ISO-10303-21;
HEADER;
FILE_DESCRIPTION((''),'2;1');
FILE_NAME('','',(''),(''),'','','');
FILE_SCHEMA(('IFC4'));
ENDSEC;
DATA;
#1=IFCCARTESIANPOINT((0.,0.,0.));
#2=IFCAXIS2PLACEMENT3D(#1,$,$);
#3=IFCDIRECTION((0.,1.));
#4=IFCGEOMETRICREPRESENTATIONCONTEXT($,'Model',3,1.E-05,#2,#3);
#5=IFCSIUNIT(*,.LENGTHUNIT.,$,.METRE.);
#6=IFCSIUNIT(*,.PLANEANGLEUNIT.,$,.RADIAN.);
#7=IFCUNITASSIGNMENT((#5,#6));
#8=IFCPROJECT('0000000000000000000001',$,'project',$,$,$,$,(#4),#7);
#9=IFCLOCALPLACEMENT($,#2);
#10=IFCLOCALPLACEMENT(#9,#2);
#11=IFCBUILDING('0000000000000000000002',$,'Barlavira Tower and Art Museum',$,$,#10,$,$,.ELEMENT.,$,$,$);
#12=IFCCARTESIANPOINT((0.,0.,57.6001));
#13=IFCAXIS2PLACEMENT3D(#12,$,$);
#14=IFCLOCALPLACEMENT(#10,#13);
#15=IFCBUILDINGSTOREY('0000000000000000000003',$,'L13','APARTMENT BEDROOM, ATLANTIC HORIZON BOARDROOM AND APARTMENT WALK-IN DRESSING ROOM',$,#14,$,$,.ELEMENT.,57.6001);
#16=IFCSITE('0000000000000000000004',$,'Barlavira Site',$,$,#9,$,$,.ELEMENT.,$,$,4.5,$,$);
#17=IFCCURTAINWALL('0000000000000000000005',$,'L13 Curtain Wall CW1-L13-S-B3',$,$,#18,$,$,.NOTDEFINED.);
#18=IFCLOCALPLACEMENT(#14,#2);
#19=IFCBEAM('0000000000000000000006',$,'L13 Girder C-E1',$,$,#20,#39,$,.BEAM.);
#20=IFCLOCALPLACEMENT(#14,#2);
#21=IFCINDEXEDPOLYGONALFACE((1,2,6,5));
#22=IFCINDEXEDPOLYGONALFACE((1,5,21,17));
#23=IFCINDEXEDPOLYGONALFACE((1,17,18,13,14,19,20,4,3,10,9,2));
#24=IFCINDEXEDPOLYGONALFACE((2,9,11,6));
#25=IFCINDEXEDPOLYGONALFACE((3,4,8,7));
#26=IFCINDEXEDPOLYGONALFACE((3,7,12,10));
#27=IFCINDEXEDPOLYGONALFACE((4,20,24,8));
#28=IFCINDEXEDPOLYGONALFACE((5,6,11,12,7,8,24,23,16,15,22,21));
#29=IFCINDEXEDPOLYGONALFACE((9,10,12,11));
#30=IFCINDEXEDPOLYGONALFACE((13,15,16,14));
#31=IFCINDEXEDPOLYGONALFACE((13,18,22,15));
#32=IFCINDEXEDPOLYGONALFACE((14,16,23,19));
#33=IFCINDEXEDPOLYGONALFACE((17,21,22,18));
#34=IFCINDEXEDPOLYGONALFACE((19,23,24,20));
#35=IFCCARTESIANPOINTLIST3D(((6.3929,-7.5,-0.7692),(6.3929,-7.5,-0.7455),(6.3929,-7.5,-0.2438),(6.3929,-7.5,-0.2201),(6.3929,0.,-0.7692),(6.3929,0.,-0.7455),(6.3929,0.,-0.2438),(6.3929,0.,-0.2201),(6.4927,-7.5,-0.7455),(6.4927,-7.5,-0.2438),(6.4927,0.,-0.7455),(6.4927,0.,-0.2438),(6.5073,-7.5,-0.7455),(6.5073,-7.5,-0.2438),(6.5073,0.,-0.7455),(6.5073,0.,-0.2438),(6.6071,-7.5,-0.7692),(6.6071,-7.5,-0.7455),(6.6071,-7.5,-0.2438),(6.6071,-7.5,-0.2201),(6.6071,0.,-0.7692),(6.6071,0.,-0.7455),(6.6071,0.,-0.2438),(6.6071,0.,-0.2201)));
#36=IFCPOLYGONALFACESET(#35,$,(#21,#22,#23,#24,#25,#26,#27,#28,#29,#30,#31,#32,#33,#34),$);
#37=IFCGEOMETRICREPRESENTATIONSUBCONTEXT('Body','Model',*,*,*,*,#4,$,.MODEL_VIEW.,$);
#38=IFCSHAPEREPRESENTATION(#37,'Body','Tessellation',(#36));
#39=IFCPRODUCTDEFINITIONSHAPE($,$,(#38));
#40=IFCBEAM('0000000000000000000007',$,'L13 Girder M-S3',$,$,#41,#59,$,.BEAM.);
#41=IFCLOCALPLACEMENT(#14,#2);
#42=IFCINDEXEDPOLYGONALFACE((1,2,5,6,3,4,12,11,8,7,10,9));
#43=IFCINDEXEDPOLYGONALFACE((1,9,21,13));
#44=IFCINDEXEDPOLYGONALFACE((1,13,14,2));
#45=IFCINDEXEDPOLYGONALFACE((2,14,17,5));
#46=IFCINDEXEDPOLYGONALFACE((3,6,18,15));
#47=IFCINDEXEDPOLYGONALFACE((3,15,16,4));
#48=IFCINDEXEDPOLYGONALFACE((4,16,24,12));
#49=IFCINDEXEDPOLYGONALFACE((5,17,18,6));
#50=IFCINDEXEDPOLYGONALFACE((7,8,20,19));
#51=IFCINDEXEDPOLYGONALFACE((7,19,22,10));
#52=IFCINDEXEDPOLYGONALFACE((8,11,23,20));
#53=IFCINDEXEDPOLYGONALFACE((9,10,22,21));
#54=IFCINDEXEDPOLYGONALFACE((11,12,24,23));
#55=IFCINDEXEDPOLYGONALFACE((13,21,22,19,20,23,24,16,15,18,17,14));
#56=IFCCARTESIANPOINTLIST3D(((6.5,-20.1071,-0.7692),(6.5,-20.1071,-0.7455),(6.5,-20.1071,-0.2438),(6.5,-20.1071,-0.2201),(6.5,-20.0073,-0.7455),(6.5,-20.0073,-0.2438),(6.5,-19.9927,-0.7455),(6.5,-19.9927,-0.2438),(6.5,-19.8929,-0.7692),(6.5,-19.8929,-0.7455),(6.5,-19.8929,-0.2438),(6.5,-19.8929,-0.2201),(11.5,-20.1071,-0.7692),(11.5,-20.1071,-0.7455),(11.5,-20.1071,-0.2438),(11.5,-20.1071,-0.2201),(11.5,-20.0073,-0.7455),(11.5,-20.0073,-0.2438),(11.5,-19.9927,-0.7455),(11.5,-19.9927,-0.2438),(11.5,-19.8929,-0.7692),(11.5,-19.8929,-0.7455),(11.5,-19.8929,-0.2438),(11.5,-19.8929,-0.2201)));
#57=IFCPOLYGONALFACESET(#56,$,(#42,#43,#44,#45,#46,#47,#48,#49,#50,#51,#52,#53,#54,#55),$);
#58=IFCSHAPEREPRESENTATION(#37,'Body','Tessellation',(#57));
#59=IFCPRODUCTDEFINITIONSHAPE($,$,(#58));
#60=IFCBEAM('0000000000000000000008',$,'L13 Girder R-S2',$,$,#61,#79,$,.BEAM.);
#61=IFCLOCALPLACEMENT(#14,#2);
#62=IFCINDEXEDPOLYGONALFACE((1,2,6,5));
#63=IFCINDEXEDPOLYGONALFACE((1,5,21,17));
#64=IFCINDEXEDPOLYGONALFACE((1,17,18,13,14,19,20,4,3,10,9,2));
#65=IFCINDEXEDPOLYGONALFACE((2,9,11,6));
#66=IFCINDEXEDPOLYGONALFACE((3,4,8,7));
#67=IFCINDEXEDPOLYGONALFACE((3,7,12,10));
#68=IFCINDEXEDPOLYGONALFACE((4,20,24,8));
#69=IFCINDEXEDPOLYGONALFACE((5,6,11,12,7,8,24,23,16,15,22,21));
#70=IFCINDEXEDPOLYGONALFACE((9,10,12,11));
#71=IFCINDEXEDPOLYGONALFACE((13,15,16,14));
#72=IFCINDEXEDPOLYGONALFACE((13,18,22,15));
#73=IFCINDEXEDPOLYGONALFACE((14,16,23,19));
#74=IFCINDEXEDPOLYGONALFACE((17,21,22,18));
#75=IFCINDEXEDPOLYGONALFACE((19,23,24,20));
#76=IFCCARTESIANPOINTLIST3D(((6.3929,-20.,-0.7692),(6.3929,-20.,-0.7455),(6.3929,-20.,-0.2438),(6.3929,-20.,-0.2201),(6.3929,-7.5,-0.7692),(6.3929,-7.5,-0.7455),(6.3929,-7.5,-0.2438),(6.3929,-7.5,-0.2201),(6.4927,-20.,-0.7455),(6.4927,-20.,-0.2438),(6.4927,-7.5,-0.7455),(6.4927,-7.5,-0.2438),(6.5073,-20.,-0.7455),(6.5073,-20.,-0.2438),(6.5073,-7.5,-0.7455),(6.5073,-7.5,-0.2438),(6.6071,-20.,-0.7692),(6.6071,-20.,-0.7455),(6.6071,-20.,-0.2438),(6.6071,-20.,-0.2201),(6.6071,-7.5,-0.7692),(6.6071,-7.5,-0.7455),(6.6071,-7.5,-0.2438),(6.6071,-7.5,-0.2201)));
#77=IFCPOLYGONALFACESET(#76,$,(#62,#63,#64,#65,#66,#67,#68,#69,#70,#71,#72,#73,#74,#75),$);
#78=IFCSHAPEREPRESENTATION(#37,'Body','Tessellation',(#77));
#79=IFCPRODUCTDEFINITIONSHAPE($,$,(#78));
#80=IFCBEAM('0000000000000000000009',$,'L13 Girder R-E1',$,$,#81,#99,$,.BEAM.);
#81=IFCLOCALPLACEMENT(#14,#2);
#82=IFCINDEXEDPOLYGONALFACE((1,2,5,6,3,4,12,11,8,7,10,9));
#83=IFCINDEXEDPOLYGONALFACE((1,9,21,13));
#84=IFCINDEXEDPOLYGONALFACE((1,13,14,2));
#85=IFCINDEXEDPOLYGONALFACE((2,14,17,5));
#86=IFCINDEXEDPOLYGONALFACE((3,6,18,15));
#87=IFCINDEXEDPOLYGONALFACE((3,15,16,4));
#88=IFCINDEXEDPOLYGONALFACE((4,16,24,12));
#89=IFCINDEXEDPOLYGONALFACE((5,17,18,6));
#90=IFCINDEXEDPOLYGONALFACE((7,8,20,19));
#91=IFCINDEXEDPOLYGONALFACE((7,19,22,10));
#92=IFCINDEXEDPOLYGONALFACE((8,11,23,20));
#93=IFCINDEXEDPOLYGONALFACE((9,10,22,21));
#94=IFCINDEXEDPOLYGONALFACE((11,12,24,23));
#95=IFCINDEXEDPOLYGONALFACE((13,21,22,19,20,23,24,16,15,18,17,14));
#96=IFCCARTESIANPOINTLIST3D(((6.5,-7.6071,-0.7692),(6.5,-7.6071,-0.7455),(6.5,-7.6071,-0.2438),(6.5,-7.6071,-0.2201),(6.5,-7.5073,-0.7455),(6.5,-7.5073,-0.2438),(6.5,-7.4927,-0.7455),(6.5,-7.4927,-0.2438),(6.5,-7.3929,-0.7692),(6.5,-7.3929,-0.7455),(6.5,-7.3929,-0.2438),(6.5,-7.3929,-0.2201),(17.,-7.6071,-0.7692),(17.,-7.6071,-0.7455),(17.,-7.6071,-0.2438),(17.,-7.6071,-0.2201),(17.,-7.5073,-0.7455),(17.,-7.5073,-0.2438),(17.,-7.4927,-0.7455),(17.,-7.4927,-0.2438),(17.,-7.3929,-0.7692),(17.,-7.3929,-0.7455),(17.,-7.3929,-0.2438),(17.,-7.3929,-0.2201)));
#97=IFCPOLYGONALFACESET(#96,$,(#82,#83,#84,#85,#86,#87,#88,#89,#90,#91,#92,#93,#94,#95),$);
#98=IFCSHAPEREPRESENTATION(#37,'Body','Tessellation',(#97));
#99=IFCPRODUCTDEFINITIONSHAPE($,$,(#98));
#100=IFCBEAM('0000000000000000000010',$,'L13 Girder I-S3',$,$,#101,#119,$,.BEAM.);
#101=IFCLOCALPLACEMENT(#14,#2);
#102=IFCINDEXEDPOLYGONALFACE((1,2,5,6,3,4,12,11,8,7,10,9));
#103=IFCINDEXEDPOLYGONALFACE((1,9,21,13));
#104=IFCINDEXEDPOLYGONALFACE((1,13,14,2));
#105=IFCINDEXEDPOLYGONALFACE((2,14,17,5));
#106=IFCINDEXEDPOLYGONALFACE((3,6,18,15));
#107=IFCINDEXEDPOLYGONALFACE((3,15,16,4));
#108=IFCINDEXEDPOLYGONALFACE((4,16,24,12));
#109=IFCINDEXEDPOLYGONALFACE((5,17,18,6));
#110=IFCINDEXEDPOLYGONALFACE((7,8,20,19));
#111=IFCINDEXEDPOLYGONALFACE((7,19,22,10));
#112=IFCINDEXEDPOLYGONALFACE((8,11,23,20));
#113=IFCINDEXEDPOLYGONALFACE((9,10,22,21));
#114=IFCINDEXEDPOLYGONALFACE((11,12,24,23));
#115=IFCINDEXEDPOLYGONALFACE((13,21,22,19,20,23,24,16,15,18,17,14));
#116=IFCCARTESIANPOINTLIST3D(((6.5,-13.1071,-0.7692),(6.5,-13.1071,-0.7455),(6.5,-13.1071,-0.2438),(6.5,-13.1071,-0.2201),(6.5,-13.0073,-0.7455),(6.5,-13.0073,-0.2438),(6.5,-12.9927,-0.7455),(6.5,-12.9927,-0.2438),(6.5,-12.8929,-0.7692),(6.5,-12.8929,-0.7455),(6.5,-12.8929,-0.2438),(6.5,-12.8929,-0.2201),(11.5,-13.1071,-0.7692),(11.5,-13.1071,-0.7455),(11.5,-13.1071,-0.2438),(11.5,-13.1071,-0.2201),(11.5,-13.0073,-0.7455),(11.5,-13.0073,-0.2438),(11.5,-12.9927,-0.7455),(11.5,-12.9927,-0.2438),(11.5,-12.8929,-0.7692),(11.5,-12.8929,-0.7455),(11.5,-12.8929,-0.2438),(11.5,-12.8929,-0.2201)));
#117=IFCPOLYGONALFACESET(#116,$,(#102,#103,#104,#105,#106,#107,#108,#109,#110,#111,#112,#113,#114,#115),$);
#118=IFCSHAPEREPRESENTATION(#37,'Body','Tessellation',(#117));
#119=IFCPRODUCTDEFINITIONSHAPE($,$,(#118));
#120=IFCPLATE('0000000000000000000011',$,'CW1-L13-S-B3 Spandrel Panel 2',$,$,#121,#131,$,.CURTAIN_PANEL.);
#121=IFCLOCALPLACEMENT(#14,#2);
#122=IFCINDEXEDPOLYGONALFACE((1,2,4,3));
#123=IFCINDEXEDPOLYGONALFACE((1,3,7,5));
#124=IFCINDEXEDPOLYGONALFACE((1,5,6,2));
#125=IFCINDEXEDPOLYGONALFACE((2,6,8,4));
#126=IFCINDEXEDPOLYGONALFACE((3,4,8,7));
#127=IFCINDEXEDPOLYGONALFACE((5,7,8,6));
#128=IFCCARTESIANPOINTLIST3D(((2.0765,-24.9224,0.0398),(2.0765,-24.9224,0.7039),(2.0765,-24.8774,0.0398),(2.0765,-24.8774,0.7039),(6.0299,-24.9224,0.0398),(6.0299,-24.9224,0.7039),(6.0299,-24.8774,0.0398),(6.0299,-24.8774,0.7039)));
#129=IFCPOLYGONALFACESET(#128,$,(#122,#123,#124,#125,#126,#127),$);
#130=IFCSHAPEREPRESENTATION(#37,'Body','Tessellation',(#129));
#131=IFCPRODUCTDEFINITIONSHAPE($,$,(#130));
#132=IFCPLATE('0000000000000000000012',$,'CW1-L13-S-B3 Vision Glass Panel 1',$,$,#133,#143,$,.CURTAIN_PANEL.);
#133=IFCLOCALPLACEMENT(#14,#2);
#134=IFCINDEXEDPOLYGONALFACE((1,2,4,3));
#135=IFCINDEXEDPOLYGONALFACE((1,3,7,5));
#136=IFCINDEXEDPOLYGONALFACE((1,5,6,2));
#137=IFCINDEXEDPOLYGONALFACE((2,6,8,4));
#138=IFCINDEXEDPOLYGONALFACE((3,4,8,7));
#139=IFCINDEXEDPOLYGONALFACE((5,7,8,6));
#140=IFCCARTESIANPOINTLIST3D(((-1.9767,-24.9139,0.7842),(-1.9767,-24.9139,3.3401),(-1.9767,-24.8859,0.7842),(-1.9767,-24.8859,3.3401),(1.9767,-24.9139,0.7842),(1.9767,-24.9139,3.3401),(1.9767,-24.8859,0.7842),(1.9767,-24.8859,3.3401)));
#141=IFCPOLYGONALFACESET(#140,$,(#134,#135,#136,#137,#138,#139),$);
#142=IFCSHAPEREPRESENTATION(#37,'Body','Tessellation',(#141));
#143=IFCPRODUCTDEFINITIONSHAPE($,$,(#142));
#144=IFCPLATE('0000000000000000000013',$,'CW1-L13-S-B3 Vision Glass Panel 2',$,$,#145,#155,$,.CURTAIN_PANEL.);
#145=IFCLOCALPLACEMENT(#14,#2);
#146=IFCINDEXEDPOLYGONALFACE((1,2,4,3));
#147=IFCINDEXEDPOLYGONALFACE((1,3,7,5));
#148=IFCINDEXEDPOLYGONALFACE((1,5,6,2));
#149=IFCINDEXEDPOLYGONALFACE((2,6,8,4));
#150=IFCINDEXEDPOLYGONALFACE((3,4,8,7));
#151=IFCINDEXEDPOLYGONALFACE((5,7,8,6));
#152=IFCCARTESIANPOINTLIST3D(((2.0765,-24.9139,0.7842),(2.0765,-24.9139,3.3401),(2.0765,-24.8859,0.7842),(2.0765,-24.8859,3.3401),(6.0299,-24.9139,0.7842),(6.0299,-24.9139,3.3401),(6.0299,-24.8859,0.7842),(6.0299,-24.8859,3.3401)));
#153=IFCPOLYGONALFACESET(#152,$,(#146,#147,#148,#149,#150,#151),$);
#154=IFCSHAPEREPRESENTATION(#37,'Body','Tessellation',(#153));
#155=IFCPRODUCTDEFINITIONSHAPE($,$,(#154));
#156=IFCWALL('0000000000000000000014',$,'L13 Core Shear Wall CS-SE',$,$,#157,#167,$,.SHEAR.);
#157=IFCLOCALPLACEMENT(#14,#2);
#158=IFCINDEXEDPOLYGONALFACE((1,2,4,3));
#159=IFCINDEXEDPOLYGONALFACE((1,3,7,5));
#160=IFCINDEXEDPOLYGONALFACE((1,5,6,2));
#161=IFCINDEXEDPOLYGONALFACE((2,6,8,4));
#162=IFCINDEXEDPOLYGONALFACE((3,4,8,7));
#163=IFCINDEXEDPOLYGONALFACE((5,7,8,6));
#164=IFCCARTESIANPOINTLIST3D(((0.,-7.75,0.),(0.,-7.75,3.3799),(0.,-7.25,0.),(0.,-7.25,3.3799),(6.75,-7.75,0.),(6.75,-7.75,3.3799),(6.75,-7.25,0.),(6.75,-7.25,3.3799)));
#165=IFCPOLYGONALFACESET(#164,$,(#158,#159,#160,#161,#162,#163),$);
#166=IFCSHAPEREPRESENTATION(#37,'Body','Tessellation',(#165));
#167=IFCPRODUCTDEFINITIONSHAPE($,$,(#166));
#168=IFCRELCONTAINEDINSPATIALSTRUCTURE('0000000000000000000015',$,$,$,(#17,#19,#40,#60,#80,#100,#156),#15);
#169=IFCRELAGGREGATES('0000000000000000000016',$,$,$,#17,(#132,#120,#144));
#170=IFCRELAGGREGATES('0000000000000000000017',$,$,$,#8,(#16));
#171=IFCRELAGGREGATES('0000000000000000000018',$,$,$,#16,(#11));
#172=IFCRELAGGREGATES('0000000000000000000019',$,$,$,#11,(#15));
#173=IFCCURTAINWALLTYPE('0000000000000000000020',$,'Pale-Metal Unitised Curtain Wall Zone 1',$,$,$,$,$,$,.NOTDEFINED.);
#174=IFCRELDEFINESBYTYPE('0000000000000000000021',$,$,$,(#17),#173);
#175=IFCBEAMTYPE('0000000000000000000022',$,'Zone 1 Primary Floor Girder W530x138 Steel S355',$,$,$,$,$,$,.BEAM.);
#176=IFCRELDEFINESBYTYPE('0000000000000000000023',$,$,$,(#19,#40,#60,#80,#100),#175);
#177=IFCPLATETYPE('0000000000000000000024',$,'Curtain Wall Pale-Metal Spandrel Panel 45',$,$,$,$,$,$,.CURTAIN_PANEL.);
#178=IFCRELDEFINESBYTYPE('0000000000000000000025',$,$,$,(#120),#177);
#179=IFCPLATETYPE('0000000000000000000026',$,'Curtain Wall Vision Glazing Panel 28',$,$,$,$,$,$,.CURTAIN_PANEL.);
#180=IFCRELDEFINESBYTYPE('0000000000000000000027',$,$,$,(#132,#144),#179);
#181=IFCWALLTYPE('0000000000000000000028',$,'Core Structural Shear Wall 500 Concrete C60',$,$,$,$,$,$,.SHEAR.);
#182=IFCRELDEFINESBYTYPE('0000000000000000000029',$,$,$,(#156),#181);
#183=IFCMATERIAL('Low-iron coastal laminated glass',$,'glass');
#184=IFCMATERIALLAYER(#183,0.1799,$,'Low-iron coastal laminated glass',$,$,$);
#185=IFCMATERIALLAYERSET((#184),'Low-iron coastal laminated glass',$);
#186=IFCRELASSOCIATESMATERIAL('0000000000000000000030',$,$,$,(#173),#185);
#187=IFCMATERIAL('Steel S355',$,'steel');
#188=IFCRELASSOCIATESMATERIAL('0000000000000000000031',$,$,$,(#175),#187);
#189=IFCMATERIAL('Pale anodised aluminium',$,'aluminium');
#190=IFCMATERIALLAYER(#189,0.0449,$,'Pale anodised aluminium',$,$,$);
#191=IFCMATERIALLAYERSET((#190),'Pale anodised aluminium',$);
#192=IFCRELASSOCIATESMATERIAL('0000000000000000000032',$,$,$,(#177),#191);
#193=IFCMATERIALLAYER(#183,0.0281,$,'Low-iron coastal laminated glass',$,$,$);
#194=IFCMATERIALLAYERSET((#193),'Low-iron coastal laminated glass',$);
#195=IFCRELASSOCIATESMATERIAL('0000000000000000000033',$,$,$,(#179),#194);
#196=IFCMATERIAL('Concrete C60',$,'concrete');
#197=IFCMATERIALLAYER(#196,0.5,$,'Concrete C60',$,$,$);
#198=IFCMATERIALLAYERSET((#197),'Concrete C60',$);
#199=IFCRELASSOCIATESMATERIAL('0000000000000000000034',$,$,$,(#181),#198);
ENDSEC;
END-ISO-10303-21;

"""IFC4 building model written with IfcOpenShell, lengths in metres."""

from ifc_helpers import new_model, si_unit, direction, frame, frame_2d, origin, origin_2d, place, context, subcontext, project, spatial, rectangle, i_section, extrude, material, layer, layer_set, material_profile, profile_set, type_object, element, aggregate, save


model = new_model("IFC4")

# Units and contexts
model_context = context("Model", 3, precision=1e-05, world=origin(), true_north=direction((0.0, 1.0)))
body_context = subcontext(model_context, "Body", "Model", "MODEL_VIEW")
ifc_project = project(units=[si_unit("LENGTHUNIT", "METRE"), si_unit("PLANEANGLEUNIT", "RADIAN")], contexts=[model_context])

# Site, building, storey
site_placement = place(None, origin())
site = spatial("IfcSite", under=ifc_project, at=site_placement, Name="Barlavira Site", CompositionType="ELEMENT", RefElevation=4.5)
building_placement = place(site_placement, origin())
building = spatial("IfcBuilding", under=site, at=building_placement, Name="Barlavira Tower and Art Museum", CompositionType="ELEMENT")
storey_placement = place(building_placement, frame((0.0, 0.0, 57.6001)))
storey = spatial("IfcBuildingStorey", under=building, at=storey_placement, Name="L13", Description="APARTMENT BEDROOM, ATLANTIC HORIZON BOARDROOM AND APARTMENT WALK-IN DRESSING ROOM", CompositionType="ELEMENT", Elevation=57.6001)

# Shared definitions
ifc_material_1 = material(Name="Steel S355", Category="steel")
ifc_material_2 = material(Name="Concrete C60", Category="concrete")

# Curtain wall
ifc_material_3 = material(Name="Low-iron coastal laminated glass", Category="glass")
ifc_layer_1 = layer(ifc_material_3, 0.1799, Name="Low-iron coastal laminated glass")
ifc_layer_set_1 = layer_set([ifc_layer_1], Name="Low-iron coastal laminated glass")
curtain_wall_type = type_object("IfcCurtainWallType", Name="Pale-Metal Unitised Curtain Wall Zone 1", PredefinedType="NOTDEFINED", material=ifc_layer_set_1)
curtain_wall_placement = place(storey_placement, origin())
curtain_wall = element("IfcCurtainWall", 1, at=curtain_wall_placement, inside=storey, type_object=curtain_wall_type, Name="L13 Curtain Wall CW1-L13-S-B3", PredefinedType="NOTDEFINED")
ifc_material_4 = material(Name="Pale anodised aluminium", Category="aluminium")

# Beams
ifc_material_profile_1 = material_profile(ifc_material_1, i_section(OverallWidth=0.2141, OverallDepth=0.5491, WebThickness=0.0146, FlangeThickness=0.0237, at=origin_2d()), Name="W530x138.0")
ifc_profile_set_1 = profile_set([ifc_material_profile_1], Name="Steel S355")
beam_type_1 = type_object("IfcBeamType", Name="Zone 1 Primary Floor Girder W530x138 Steel S355", PredefinedType="BEAM", material=ifc_profile_set_1)
beam_1_placement = place(storey_placement, frame((6.5, -7.5, -0.4946), z_axis=(0.0, 1.0, 0.0), x_axis=(-1.0, 0.0, 0.0)))
element("IfcBeam", 2, at=beam_1_placement, inside=storey, type_object=beam_type_1, Name="L13 Girder C-E1", PredefinedType="BEAM", context=body_context, shape_type="SweptSolid", body=[
    extrude(i_section(OverallWidth=0.2141, OverallDepth=0.5491, WebThickness=0.0146, FlangeThickness=0.0237, at=origin_2d()), origin(), (0.0, 0.0, 1.0), 7.5),
])
beam_2_placement = place(storey_placement, frame((6.5, -20.0, -0.4946), z_axis=(1.0, 0.0, 0.0), x_axis=(0.0, 1.0, 0.0)))
element("IfcBeam", 3, at=beam_2_placement, inside=storey, type_object=beam_type_1, Name="L13 Girder M-S3", PredefinedType="BEAM", context=body_context, shape_type="SweptSolid", body=[
    extrude(i_section(OverallWidth=0.2141, OverallDepth=0.5491, WebThickness=0.0146, FlangeThickness=0.0237, at=origin_2d()), origin(), (0.0, 0.0, 1.0), 5.0),
])
beam_3_placement = place(storey_placement, frame((6.5, -20.0, -0.4946), z_axis=(0.0, 1.0, 0.0), x_axis=(-1.0, 0.0, 0.0)))
element("IfcBeam", 4, at=beam_3_placement, inside=storey, type_object=beam_type_1, Name="L13 Girder R-S2", PredefinedType="BEAM", context=body_context, shape_type="SweptSolid", body=[
    extrude(i_section(OverallWidth=0.2141, OverallDepth=0.5491, WebThickness=0.0146, FlangeThickness=0.0237, at=origin_2d()), origin(), (0.0, 0.0, 1.0), 12.5),
])
beam_4_placement = place(storey_placement, frame((6.5, -7.5, -0.4946), z_axis=(1.0, 0.0, 0.0), x_axis=(0.0, 1.0, 0.0)))
element("IfcBeam", 5, at=beam_4_placement, inside=storey, type_object=beam_type_1, Name="L13 Girder R-E1", PredefinedType="BEAM", context=body_context, shape_type="SweptSolid", body=[
    extrude(i_section(OverallWidth=0.2141, OverallDepth=0.5491, WebThickness=0.0146, FlangeThickness=0.0237, at=origin_2d()), origin(), (0.0, 0.0, 1.0), 10.5),
])
beam_5_placement = place(storey_placement, frame((6.5, -13.0, -0.4946), z_axis=(1.0, 0.0, 0.0), x_axis=(0.0, 1.0, 0.0)))
element("IfcBeam", 6, at=beam_5_placement, inside=storey, type_object=beam_type_1, Name="L13 Girder I-S3", PredefinedType="BEAM", context=body_context, shape_type="SweptSolid", body=[
    extrude(i_section(OverallWidth=0.2141, OverallDepth=0.5491, WebThickness=0.0146, FlangeThickness=0.0237, at=origin_2d()), origin(), (0.0, 0.0, 1.0), 5.0),
])

# Plates
ifc_layer_2 = layer(ifc_material_4, 0.0449, Name="Pale anodised aluminium")
ifc_layer_set_2 = layer_set([ifc_layer_2], Name="Pale anodised aluminium")
plate_type_1 = type_object("IfcPlateType", Name="Curtain Wall Pale-Metal Spandrel Panel 45", PredefinedType="CURTAIN_PANEL", material=ifc_layer_set_2)
plate_1_placement = place(storey_placement, frame((4.0532, -24.8999, 0.0398), z_axis=(0.0, 0.0, 1.0), x_axis=(1.0, 0.0, 0.0)))
plate_1 = element("IfcPlate", 7, at=plate_1_placement, type_object=plate_type_1, Name="CW1-L13-S-B3 Spandrel Panel 2", PredefinedType="CURTAIN_PANEL", context=body_context, shape_type="SweptSolid", body=[
    extrude(rectangle(XDim=3.9534, YDim=0.0449, at=origin_2d()), origin(), (0.0, 0.0, 1.0), 0.6641),
])
ifc_layer_3 = layer(ifc_material_3, 0.0281, Name="Low-iron coastal laminated glass")
ifc_layer_set_3 = layer_set([ifc_layer_3], Name="Low-iron coastal laminated glass")
plate_type_2 = type_object("IfcPlateType", Name="Curtain Wall Vision Glazing Panel 28", PredefinedType="CURTAIN_PANEL", material=ifc_layer_set_3)
plate_2_placement = place(storey_placement, frame((0.0, -24.8999, 0.7842), z_axis=(0.0, 0.0, 1.0), x_axis=(1.0, 0.0, 0.0)))
plate_2 = element("IfcPlate", 8, at=plate_2_placement, type_object=plate_type_2, Name="CW1-L13-S-B3 Vision Glass Panel 1", PredefinedType="CURTAIN_PANEL", context=body_context, shape_type="SweptSolid", body=[
    extrude(rectangle(XDim=3.9534, YDim=0.0281, at=origin_2d()), origin(), (0.0, 0.0, 1.0), 2.5559),
])
plate_3_placement = place(storey_placement, frame((4.0532, -24.8999, 0.7842), z_axis=(0.0, 0.0, 1.0), x_axis=(1.0, 0.0, 0.0)))
plate_3 = element("IfcPlate", 9, at=plate_3_placement, type_object=plate_type_2, Name="CW1-L13-S-B3 Vision Glass Panel 2", PredefinedType="CURTAIN_PANEL", context=body_context, shape_type="SweptSolid", body=[
    extrude(rectangle(XDim=3.9534, YDim=0.0281, at=origin_2d()), origin(), (0.0, 0.0, 1.0), 2.5559),
])
aggregate(curtain_wall, [plate_2, plate_1, plate_3])

# Wall
ifc_layer_4 = layer(ifc_material_2, 0.5, Name="Concrete C60")
ifc_layer_set_4 = layer_set([ifc_layer_4], Name="Concrete C60")
wall_type = type_object("IfcWallType", Name="Core Structural Shear Wall 500 Concrete C60", PredefinedType="SHEAR", material=ifc_layer_set_4)
wall_placement = place(storey_placement, frame((0.0, -7.5, 0.0), z_axis=(0.0, 0.0, 1.0), x_axis=(1.0, 0.0, 0.0)))
element("IfcWall", 10, at=wall_placement, inside=storey, type_object=wall_type, Name="L13 Core Shear Wall CS-SE", PredefinedType="SHEAR", context=body_context, shape_type="SweptSolid", body=[
    extrude(rectangle(XDim=6.75, YDim=0.5, at=frame_2d((3.375, 0.0))), origin(), (0.0, 0.0, 1.0), 3.3799),
])

save(model, "model.ifc")
